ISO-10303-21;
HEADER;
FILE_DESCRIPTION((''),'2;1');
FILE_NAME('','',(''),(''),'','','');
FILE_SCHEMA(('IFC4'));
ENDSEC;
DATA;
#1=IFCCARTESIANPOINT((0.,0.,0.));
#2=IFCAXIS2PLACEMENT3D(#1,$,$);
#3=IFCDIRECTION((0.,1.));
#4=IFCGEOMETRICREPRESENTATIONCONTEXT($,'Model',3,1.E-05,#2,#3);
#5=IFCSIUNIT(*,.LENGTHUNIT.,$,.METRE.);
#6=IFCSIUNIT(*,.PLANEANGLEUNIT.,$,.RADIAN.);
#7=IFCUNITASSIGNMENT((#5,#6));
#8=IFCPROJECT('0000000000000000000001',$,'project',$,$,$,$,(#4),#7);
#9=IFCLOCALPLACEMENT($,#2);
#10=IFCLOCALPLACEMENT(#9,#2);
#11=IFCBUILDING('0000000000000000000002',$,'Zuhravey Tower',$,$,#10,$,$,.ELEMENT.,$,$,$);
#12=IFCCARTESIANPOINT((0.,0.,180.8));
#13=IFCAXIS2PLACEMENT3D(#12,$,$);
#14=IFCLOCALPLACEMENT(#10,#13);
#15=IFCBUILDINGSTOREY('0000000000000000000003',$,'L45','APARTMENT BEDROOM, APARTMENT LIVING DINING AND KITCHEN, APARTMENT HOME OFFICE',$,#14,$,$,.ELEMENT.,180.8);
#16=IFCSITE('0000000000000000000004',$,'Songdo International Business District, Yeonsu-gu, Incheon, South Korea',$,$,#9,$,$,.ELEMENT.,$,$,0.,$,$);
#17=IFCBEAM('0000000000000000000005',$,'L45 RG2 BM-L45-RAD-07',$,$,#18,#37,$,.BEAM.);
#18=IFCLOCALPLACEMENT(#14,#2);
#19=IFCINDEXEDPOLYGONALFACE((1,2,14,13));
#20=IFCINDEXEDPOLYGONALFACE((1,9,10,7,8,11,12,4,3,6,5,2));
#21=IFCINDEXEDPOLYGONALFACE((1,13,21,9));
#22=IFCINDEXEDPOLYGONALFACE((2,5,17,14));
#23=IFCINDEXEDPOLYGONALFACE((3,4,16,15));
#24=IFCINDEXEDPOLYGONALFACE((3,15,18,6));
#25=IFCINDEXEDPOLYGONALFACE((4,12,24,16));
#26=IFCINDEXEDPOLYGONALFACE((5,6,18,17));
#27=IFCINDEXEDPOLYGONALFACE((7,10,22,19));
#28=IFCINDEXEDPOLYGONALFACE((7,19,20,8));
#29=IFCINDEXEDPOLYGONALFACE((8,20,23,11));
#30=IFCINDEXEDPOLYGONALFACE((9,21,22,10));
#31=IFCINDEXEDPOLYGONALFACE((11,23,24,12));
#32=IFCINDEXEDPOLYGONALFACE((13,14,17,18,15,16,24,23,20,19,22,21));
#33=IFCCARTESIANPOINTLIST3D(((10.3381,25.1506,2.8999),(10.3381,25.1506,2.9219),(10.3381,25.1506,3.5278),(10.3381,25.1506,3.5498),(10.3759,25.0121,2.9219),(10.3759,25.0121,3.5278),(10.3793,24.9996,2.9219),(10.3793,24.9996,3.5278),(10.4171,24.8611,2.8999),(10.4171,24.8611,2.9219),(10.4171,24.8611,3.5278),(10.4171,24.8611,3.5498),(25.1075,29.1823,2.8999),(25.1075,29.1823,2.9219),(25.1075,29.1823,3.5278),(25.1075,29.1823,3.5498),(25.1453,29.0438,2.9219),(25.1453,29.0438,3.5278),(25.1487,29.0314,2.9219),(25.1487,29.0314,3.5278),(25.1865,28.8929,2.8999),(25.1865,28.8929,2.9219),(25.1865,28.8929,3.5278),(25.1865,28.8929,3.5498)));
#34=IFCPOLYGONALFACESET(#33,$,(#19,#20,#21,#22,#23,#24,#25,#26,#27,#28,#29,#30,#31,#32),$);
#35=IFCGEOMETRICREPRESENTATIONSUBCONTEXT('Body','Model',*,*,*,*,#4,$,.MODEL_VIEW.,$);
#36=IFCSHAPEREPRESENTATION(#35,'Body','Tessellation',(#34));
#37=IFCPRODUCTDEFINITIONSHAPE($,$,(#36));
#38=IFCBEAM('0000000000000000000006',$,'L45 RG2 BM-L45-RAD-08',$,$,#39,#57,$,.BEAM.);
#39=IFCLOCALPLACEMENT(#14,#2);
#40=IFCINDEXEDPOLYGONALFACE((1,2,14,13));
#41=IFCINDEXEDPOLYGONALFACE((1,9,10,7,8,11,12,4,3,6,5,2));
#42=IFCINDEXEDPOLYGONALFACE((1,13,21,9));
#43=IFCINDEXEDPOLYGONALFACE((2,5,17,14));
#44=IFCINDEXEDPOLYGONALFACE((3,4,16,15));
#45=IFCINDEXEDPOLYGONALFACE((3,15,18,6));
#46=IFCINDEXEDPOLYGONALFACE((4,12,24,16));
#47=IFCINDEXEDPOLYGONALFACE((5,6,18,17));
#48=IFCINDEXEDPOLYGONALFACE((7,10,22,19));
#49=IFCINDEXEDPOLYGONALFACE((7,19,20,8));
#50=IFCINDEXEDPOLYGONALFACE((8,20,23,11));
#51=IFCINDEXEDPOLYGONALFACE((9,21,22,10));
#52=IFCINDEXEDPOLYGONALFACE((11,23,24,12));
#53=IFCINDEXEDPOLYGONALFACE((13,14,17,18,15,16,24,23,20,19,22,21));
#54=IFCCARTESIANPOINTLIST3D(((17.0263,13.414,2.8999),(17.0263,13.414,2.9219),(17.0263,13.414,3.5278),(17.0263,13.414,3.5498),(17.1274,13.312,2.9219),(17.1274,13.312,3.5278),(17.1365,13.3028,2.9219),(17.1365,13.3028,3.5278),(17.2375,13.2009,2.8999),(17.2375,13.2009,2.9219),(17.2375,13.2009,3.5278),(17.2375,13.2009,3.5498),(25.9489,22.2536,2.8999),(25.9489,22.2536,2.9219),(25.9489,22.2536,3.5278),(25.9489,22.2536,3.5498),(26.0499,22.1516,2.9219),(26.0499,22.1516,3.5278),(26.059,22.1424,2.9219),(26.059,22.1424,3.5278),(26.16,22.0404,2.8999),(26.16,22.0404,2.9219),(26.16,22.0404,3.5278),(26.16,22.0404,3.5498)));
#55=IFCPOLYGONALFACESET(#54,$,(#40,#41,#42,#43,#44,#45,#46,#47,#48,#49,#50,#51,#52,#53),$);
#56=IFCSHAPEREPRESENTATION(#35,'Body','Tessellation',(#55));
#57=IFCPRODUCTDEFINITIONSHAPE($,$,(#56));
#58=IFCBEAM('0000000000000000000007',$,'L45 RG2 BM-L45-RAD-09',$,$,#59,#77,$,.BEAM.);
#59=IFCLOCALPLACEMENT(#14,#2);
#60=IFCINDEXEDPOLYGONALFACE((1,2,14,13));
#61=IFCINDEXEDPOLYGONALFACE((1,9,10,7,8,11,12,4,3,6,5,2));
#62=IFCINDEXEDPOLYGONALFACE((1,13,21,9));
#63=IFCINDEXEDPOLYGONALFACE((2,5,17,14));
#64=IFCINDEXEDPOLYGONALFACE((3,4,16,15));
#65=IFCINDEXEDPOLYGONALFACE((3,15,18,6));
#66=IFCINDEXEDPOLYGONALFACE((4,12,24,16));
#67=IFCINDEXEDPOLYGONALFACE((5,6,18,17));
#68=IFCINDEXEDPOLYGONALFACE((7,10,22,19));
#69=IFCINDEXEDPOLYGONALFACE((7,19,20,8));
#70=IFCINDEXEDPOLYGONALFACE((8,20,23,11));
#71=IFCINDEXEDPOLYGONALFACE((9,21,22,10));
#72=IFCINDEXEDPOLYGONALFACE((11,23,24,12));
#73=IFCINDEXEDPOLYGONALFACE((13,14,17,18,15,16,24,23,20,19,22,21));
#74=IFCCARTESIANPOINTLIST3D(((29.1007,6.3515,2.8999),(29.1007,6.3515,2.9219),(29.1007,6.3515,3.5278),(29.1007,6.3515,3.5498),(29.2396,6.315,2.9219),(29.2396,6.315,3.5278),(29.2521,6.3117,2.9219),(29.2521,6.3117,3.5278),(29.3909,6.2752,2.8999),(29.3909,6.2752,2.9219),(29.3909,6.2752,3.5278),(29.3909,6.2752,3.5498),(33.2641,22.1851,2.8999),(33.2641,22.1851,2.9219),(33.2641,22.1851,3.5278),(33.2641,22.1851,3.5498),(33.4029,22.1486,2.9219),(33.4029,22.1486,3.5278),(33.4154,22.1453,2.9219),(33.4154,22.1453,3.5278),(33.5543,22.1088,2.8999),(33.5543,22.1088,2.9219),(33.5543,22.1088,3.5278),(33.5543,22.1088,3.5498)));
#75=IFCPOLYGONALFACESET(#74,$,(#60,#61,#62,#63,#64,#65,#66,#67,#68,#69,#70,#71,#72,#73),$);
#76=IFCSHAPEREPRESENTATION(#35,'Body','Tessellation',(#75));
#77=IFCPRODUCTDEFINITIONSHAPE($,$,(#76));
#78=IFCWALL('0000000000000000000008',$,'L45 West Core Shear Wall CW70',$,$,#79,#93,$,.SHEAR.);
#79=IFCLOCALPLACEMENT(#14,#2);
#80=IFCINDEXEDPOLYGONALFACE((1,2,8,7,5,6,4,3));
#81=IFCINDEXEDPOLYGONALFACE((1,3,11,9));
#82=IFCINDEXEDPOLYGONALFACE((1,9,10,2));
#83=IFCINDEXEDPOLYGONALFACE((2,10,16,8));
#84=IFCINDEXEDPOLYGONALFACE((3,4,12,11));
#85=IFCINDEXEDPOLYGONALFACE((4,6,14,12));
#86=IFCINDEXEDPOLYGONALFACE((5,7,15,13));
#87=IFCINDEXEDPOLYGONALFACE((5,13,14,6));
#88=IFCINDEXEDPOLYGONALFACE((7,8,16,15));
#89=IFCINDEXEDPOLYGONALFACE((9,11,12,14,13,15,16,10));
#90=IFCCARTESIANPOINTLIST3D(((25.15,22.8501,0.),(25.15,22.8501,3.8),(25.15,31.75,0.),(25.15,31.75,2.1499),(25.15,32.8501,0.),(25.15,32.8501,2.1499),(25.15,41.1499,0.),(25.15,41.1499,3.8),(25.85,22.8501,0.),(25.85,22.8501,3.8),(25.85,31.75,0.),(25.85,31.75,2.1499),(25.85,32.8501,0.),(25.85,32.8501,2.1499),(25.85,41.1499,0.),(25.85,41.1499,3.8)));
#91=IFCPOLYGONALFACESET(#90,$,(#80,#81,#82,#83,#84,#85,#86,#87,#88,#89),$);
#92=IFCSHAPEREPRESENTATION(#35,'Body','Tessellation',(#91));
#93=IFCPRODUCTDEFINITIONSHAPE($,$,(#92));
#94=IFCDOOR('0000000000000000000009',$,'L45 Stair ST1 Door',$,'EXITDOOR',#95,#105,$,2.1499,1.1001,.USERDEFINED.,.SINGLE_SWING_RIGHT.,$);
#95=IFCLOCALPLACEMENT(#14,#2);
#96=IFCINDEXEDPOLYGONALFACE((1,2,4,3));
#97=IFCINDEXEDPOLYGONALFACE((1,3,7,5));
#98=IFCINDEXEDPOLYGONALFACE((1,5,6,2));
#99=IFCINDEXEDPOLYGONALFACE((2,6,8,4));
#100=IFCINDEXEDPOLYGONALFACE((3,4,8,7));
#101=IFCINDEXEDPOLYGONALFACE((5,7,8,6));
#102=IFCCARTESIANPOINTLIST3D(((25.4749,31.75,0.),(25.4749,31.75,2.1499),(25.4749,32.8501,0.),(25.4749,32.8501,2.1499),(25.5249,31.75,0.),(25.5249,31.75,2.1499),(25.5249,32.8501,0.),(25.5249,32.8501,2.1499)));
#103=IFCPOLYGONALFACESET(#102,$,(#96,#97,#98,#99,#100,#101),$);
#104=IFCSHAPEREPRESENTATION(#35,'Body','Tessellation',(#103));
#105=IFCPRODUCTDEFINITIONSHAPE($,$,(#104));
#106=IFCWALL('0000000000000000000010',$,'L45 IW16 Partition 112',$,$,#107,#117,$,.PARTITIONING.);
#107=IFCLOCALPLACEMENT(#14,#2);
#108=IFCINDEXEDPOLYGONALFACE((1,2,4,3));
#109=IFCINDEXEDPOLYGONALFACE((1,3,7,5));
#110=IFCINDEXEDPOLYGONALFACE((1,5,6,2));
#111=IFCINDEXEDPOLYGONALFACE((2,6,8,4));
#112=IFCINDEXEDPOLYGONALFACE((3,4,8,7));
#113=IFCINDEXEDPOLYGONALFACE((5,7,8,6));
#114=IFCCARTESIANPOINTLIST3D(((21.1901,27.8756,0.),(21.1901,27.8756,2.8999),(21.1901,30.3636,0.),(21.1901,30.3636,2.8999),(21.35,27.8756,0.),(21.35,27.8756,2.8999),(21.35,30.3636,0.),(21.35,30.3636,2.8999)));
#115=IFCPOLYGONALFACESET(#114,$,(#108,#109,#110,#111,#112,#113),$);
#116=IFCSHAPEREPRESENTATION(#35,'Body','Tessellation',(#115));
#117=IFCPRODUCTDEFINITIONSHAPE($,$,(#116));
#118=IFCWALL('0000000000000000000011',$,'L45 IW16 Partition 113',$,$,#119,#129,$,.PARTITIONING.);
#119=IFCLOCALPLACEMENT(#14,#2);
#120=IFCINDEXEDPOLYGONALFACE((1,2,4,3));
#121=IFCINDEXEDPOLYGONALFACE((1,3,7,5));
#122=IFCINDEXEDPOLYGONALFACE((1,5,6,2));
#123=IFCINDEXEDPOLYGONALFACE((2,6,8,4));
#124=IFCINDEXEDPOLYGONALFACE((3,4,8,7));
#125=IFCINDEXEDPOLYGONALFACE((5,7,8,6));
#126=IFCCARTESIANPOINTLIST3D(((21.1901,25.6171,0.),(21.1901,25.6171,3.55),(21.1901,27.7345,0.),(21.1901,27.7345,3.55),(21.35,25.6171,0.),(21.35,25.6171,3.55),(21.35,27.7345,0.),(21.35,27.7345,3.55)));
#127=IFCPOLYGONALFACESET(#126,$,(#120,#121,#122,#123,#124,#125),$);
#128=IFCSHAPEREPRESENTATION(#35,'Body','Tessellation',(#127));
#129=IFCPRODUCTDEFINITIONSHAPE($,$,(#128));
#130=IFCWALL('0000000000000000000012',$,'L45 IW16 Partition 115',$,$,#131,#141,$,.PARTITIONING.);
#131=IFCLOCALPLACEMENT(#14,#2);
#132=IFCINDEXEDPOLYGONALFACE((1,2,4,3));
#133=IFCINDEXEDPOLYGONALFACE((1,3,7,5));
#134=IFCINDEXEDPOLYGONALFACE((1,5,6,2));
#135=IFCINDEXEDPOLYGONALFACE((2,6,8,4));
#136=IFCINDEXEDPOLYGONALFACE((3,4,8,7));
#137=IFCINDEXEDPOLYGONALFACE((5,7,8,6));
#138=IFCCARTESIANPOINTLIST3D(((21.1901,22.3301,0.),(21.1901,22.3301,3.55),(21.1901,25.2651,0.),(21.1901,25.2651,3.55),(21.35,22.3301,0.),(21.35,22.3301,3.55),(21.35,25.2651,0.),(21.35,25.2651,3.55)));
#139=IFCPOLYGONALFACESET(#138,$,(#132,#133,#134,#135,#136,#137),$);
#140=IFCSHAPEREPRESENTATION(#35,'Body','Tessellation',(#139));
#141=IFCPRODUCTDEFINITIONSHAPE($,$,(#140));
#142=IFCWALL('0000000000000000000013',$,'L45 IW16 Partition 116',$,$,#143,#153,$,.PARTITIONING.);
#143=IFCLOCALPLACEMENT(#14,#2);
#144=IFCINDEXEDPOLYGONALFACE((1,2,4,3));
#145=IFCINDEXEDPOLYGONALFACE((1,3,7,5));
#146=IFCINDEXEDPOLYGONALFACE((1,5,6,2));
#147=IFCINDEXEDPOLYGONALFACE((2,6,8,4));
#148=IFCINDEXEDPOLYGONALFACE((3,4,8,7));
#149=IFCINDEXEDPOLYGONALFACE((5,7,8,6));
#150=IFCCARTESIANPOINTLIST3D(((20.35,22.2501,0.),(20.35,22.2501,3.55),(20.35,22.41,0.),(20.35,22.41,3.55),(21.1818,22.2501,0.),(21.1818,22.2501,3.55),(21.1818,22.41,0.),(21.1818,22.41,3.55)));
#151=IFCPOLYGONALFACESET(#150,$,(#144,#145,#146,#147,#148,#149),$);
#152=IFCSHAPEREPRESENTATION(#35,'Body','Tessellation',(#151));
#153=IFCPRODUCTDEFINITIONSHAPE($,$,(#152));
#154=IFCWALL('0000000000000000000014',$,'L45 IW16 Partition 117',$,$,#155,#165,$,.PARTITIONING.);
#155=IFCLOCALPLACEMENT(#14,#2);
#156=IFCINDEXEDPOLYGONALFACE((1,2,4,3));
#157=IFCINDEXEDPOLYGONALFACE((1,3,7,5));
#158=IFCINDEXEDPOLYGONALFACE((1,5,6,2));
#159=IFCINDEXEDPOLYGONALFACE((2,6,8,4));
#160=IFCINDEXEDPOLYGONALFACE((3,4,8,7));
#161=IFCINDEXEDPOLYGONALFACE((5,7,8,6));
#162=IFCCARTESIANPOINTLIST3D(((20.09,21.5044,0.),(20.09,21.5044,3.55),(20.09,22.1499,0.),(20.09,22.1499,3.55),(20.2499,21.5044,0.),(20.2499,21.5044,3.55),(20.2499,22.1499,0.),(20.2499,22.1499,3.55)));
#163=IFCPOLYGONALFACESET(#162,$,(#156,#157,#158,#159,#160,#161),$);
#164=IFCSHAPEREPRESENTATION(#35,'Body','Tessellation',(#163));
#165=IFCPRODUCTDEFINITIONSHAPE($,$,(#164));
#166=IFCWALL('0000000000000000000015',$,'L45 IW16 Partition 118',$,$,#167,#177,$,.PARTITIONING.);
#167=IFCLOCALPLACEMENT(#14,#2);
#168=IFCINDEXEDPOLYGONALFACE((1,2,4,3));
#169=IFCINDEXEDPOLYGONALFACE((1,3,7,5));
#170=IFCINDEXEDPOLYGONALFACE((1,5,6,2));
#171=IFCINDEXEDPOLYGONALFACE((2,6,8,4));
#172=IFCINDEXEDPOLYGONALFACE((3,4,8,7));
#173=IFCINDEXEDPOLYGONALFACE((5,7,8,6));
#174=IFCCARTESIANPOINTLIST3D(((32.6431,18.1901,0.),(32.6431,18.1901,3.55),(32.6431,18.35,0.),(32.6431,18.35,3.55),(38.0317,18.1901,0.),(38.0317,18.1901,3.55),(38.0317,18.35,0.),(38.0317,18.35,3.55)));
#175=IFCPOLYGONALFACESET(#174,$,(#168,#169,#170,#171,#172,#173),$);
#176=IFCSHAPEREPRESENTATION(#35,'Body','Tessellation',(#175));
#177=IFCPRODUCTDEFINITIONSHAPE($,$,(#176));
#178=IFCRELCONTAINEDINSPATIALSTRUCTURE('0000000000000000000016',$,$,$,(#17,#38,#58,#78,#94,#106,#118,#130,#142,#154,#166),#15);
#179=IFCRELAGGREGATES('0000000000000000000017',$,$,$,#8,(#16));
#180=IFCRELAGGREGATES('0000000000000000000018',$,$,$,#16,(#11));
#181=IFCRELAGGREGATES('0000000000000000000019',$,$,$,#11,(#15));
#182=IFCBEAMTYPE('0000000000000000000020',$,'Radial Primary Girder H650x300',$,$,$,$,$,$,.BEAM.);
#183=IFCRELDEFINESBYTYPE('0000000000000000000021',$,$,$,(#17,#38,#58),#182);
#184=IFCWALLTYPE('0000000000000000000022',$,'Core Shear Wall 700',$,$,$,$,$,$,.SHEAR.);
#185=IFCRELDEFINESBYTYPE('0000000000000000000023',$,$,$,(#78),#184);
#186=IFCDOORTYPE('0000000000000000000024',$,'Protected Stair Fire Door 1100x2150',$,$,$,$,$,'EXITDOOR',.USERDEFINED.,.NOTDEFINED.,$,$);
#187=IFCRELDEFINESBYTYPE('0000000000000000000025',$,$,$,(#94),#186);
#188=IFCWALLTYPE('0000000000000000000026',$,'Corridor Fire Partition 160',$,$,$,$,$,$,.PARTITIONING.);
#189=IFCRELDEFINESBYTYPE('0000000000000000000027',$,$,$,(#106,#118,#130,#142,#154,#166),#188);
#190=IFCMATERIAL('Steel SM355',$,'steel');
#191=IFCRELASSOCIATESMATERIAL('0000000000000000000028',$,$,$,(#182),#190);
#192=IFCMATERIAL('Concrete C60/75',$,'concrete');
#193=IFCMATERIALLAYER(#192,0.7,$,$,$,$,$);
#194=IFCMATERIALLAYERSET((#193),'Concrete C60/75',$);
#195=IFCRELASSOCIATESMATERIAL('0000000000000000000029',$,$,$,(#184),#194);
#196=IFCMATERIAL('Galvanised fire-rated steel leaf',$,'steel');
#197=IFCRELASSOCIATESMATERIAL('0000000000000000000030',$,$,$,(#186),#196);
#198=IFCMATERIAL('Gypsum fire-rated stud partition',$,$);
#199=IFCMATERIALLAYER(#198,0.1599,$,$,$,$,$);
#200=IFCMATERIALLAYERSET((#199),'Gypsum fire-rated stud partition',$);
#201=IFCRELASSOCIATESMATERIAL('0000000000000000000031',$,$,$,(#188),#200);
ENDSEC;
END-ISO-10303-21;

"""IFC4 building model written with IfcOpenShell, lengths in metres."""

from ifc_helpers import new_model, si_unit, direction, frame, frame_2d, origin, origin_2d, place, context, subcontext, project, spatial, rectangle, i_section, extrude, material, layer, layer_set, material_profile, profile_set, type_object, element, fill, save


model = new_model("IFC4")

# Units and contexts
model_context = context("Model", 3, precision=1e-05, world=origin(), true_north=direction((0.0, 1.0)))
body_context = subcontext(model_context, "Body", "Model", "MODEL_VIEW")
ifc_project = project(units=[si_unit("LENGTHUNIT", "METRE"), si_unit("PLANEANGLEUNIT", "RADIAN")], contexts=[model_context])

# Site, building, storey
site_placement = place(None, origin())
site = spatial("IfcSite", under=ifc_project, at=site_placement, Name="Songdo International Business District, Yeonsu-gu, Incheon, South Korea", CompositionType="ELEMENT", RefElevation=0.0)
building_placement = place(site_placement, origin())
building = spatial("IfcBuilding", under=site, at=building_placement, Name="Zuhravey Tower", CompositionType="ELEMENT")
storey_placement = place(building_placement, frame((0.0, 0.0, 180.8)))
storey = spatial("IfcBuildingStorey", under=building, at=storey_placement, Name="L45", Description="APARTMENT BEDROOM, APARTMENT LIVING DINING AND KITCHEN, APARTMENT HOME OFFICE", CompositionType="ELEMENT", Elevation=180.8)

# Beams
ifc_material_1 = material(Name="Steel SM355", Category="steel")
ifc_material_profile = material_profile(ifc_material_1, i_section(OverallWidth=0.3, OverallDepth=0.6499, WebThickness=0.0129, FlangeThickness=0.022, at=origin_2d()), Name="H-650x300x13x22")
ifc_profile_set = profile_set([ifc_material_profile], Name="Steel SM355")
beam_type = type_object("IfcBeamType", Name="Radial Primary Girder H650x300", PredefinedType="BEAM", material=ifc_profile_set)
beam_1_placement = place(storey_placement, frame((25.147, 29.0376, 3.2249), z_axis=(-0.964702, -0.263345, 0.0), x_axis=(0.263345, -0.964702, 0.0)))
element("IfcBeam", 1, at=beam_1_placement, inside=storey, type_object=beam_type, Name="L45 RG2 BM-L45-RAD-07", PredefinedType="BEAM", context=body_context, shape_type="SweptSolid", body=[
    extrude(i_section(OverallWidth=0.3, OverallDepth=0.6499, WebThickness=0.0129, FlangeThickness=0.022, at=origin_2d()), origin(), (0.0, 0.0, 1.0), 15.3098),
])
beam_2_placement = place(storey_placement, frame((26.0544, 22.147, 3.2249), z_axis=(-0.710404, -0.703795, 0.0), x_axis=(0.703795, -0.710404, 0.0)))
element("IfcBeam", 2, at=beam_2_placement, inside=storey, type_object=beam_type, Name="L45 RG2 BM-L45-RAD-08", PredefinedType="BEAM", context=body_context, shape_type="SweptSolid", body=[
    extrude(i_section(OverallWidth=0.3, OverallDepth=0.6499, WebThickness=0.0129, FlangeThickness=0.022, at=origin_2d()), origin(), (0.0, 0.0, 1.0), 12.5598),
])
beam_3_placement = place(storey_placement, frame((33.4092, 22.147, 3.2249), z_axis=(-0.2543, -0.967125, 0.0), x_axis=(0.967125, -0.2543, 0.0)))
element("IfcBeam", 3, at=beam_3_placement, inside=storey, type_object=beam_type, Name="L45 RG2 BM-L45-RAD-09", PredefinedType="BEAM", context=body_context, shape_type="SweptSolid", body=[
    extrude(i_section(OverallWidth=0.3, OverallDepth=0.6499, WebThickness=0.0129, FlangeThickness=0.022, at=origin_2d()), origin(), (0.0, 0.0, 1.0), 16.3718),
])

# Wall, opening, door
ifc_material_2 = material(Name="Concrete C60/75", Category="concrete")
ifc_layer_1 = layer(ifc_material_2, 0.7)
ifc_layer_set_1 = layer_set([ifc_layer_1], Name="Concrete C60/75")
wall_type_1 = type_object("IfcWallType", Name="Core Shear Wall 700", PredefinedType="SHEAR", material=ifc_layer_set_1)
ifc_material_3 = material(Name="Galvanised fire-rated steel leaf", Category="steel")
wall_1_placement = place(storey_placement, frame((25.5, 22.8501, 0.0), z_axis=(0.0, 0.0, 1.0), x_axis=(0.0, 1.0, 0.0)))
wall_1 = element("IfcWall", 4, at=wall_1_placement, inside=storey, type_object=wall_type_1, Name="L45 West Core Shear Wall CW70", PredefinedType="SHEAR", context=body_context, shape_type="SweptSolid", body=[
    extrude(rectangle(XDim=18.2998, YDim=0.7, at=frame_2d((9.1499, 0.0))), origin(), (0.0, 0.0, 1.0), 3.8),
])
opening_1_placement = place(wall_1_placement, frame((8.8999, 0.0, 0.0)))
opening_1 = element("IfcOpeningElement", 5, at=opening_1_placement, cuts=wall_1, PredefinedType="OPENING", context=body_context, shape_type="SweptSolid", body=[
    extrude(rectangle(XDim=1.1001, YDim=2.1499, at=frame_2d((0.55, 1.075))), frame((0.0, 0.3621, 0.0), z_axis=(0.0, -1.0, 0.0), x_axis=(1.0, 0.0, 0.0)), (0.0, 0.0, 1.0), 0.7239),
])
door_type_1 = type_object("IfcDoorType", Name="Protected Stair Fire Door 1100x2150", ElementType="EXITDOOR", OperationType="NOTDEFINED", PredefinedType="USERDEFINED", material=ifc_material_3)
door_1_placement = place(opening_1_placement, frame((1.1001, 0.0, 0.0), z_axis=(0.0, 0.0, 1.0), x_axis=(-1.0, 0.0, 0.0)))
door_1 = element("IfcDoor", 6, at=door_1_placement, inside=storey, type_object=door_type_1, Name="L45 Stair ST1 Door", ObjectType="EXITDOOR", OperationType="SINGLE_SWING_RIGHT", OverallHeight=2.1499, OverallWidth=1.1001, PredefinedType="USERDEFINED", context=body_context, shape_type="SweptSolid", body=[
    extrude(rectangle(XDim=1.1001, YDim=2.1499, at=frame_2d((0.55, 1.075))), frame((0.0, 0.0249, 0.0), z_axis=(0.0, -1.0, 0.0), x_axis=(1.0, 0.0, 0.0)), (0.0, 0.0, 1.0), 0.05),
])
fill(opening_1, door_1)
ifc_material_4 = material(Name="Gypsum fire-rated stud partition")
ifc_layer_2 = layer(ifc_material_4, 0.1599)
ifc_layer_set_2 = layer_set([ifc_layer_2], Name="Gypsum fire-rated stud partition")
wall_type_2 = type_object("IfcWallType", Name="Corridor Fire Partition 160", PredefinedType="PARTITIONING", material=ifc_layer_set_2)

# Walls
wall_2_placement = place(storey_placement, frame((21.27, 30.3638, 0.0), z_axis=(0.0, 0.0, 1.0), x_axis=(0.0, -1.0, 0.0)))
element("IfcWall", 7, at=wall_2_placement, inside=storey, type_object=wall_type_2, Name="L45 IW16 Partition 112", PredefinedType="PARTITIONING", context=body_context, shape_type="SweptSolid", body=[
    extrude(rectangle(XDim=2.488, YDim=0.1599, at=frame_2d((1.2441, 0.0))), origin(), (0.0, 0.0, 1.0), 2.8999),
])
wall_3_placement = place(storey_placement, frame((21.27, 27.7344, 0.0), z_axis=(0.0, 0.0, 1.0), x_axis=(0.0, -1.0, 0.0)))
element("IfcWall", 8, at=wall_3_placement, inside=storey, type_object=wall_type_2, Name="L45 IW16 Partition 113", PredefinedType="PARTITIONING", context=body_context, shape_type="SweptSolid", body=[
    extrude(rectangle(XDim=2.1174, YDim=0.1599, at=frame_2d((1.0586, 0.0))), origin(), (0.0, 0.0, 1.0), 3.55),
])
wall_4_placement = place(storey_placement, frame((21.27, 25.2651, 0.0), z_axis=(0.0, 0.0, 1.0), x_axis=(0.0, -1.0, 0.0)))
element("IfcWall", 9, at=wall_4_placement, inside=storey, type_object=wall_type_2, Name="L45 IW16 Partition 115", PredefinedType="PARTITIONING", context=body_context, shape_type="SweptSolid", body=[
    extrude(rectangle(XDim=2.9351, YDim=0.1599, at=frame_2d((1.4675, 0.0))), origin(), (0.0, 0.0, 1.0), 3.55),
])
wall_5_placement = place(storey_placement, frame((21.1819, 22.3301, 0.0), z_axis=(0.0, 0.0, 1.0), x_axis=(-1.0, 0.0, 0.0)))
element("IfcWall", 10, at=wall_5_placement, inside=storey, type_object=wall_type_2, Name="L45 IW16 Partition 116", PredefinedType="PARTITIONING", context=body_context, shape_type="SweptSolid", body=[
    extrude(rectangle(XDim=0.8318, YDim=0.1599, at=frame_2d((0.416, 0.0))), origin(), (0.0, 0.0, 1.0), 3.55),
])
wall_6_placement = place(storey_placement, frame((20.1699, 22.1499, 0.0), z_axis=(0.0, 0.0, 1.0), x_axis=(0.0, -1.0, 0.0)))
element("IfcWall", 11, at=wall_6_placement, inside=storey, type_object=wall_type_2, Name="L45 IW16 Partition 117", PredefinedType="PARTITIONING", context=body_context, shape_type="SweptSolid", body=[
    extrude(rectangle(XDim=0.6455, YDim=0.1599, at=frame_2d((0.3228, 0.0))), origin(), (0.0, 0.0, 1.0), 3.55),
])
wall_7_placement = place(storey_placement, frame((32.6431, 18.27, 0.0), z_axis=(0.0, 0.0, 1.0), x_axis=(1.0, 0.0, 0.0)))
element("IfcWall", 12, at=wall_7_placement, inside=storey, type_object=wall_type_2, Name="L45 IW16 Partition 118", PredefinedType="PARTITIONING", context=body_context, shape_type="SweptSolid", body=[
    extrude(rectangle(XDim=5.3887, YDim=0.1599, at=frame_2d((2.6943, 0.0))), origin(), (0.0, 0.0, 1.0), 3.55),
])

save(model, "model.ifc")
